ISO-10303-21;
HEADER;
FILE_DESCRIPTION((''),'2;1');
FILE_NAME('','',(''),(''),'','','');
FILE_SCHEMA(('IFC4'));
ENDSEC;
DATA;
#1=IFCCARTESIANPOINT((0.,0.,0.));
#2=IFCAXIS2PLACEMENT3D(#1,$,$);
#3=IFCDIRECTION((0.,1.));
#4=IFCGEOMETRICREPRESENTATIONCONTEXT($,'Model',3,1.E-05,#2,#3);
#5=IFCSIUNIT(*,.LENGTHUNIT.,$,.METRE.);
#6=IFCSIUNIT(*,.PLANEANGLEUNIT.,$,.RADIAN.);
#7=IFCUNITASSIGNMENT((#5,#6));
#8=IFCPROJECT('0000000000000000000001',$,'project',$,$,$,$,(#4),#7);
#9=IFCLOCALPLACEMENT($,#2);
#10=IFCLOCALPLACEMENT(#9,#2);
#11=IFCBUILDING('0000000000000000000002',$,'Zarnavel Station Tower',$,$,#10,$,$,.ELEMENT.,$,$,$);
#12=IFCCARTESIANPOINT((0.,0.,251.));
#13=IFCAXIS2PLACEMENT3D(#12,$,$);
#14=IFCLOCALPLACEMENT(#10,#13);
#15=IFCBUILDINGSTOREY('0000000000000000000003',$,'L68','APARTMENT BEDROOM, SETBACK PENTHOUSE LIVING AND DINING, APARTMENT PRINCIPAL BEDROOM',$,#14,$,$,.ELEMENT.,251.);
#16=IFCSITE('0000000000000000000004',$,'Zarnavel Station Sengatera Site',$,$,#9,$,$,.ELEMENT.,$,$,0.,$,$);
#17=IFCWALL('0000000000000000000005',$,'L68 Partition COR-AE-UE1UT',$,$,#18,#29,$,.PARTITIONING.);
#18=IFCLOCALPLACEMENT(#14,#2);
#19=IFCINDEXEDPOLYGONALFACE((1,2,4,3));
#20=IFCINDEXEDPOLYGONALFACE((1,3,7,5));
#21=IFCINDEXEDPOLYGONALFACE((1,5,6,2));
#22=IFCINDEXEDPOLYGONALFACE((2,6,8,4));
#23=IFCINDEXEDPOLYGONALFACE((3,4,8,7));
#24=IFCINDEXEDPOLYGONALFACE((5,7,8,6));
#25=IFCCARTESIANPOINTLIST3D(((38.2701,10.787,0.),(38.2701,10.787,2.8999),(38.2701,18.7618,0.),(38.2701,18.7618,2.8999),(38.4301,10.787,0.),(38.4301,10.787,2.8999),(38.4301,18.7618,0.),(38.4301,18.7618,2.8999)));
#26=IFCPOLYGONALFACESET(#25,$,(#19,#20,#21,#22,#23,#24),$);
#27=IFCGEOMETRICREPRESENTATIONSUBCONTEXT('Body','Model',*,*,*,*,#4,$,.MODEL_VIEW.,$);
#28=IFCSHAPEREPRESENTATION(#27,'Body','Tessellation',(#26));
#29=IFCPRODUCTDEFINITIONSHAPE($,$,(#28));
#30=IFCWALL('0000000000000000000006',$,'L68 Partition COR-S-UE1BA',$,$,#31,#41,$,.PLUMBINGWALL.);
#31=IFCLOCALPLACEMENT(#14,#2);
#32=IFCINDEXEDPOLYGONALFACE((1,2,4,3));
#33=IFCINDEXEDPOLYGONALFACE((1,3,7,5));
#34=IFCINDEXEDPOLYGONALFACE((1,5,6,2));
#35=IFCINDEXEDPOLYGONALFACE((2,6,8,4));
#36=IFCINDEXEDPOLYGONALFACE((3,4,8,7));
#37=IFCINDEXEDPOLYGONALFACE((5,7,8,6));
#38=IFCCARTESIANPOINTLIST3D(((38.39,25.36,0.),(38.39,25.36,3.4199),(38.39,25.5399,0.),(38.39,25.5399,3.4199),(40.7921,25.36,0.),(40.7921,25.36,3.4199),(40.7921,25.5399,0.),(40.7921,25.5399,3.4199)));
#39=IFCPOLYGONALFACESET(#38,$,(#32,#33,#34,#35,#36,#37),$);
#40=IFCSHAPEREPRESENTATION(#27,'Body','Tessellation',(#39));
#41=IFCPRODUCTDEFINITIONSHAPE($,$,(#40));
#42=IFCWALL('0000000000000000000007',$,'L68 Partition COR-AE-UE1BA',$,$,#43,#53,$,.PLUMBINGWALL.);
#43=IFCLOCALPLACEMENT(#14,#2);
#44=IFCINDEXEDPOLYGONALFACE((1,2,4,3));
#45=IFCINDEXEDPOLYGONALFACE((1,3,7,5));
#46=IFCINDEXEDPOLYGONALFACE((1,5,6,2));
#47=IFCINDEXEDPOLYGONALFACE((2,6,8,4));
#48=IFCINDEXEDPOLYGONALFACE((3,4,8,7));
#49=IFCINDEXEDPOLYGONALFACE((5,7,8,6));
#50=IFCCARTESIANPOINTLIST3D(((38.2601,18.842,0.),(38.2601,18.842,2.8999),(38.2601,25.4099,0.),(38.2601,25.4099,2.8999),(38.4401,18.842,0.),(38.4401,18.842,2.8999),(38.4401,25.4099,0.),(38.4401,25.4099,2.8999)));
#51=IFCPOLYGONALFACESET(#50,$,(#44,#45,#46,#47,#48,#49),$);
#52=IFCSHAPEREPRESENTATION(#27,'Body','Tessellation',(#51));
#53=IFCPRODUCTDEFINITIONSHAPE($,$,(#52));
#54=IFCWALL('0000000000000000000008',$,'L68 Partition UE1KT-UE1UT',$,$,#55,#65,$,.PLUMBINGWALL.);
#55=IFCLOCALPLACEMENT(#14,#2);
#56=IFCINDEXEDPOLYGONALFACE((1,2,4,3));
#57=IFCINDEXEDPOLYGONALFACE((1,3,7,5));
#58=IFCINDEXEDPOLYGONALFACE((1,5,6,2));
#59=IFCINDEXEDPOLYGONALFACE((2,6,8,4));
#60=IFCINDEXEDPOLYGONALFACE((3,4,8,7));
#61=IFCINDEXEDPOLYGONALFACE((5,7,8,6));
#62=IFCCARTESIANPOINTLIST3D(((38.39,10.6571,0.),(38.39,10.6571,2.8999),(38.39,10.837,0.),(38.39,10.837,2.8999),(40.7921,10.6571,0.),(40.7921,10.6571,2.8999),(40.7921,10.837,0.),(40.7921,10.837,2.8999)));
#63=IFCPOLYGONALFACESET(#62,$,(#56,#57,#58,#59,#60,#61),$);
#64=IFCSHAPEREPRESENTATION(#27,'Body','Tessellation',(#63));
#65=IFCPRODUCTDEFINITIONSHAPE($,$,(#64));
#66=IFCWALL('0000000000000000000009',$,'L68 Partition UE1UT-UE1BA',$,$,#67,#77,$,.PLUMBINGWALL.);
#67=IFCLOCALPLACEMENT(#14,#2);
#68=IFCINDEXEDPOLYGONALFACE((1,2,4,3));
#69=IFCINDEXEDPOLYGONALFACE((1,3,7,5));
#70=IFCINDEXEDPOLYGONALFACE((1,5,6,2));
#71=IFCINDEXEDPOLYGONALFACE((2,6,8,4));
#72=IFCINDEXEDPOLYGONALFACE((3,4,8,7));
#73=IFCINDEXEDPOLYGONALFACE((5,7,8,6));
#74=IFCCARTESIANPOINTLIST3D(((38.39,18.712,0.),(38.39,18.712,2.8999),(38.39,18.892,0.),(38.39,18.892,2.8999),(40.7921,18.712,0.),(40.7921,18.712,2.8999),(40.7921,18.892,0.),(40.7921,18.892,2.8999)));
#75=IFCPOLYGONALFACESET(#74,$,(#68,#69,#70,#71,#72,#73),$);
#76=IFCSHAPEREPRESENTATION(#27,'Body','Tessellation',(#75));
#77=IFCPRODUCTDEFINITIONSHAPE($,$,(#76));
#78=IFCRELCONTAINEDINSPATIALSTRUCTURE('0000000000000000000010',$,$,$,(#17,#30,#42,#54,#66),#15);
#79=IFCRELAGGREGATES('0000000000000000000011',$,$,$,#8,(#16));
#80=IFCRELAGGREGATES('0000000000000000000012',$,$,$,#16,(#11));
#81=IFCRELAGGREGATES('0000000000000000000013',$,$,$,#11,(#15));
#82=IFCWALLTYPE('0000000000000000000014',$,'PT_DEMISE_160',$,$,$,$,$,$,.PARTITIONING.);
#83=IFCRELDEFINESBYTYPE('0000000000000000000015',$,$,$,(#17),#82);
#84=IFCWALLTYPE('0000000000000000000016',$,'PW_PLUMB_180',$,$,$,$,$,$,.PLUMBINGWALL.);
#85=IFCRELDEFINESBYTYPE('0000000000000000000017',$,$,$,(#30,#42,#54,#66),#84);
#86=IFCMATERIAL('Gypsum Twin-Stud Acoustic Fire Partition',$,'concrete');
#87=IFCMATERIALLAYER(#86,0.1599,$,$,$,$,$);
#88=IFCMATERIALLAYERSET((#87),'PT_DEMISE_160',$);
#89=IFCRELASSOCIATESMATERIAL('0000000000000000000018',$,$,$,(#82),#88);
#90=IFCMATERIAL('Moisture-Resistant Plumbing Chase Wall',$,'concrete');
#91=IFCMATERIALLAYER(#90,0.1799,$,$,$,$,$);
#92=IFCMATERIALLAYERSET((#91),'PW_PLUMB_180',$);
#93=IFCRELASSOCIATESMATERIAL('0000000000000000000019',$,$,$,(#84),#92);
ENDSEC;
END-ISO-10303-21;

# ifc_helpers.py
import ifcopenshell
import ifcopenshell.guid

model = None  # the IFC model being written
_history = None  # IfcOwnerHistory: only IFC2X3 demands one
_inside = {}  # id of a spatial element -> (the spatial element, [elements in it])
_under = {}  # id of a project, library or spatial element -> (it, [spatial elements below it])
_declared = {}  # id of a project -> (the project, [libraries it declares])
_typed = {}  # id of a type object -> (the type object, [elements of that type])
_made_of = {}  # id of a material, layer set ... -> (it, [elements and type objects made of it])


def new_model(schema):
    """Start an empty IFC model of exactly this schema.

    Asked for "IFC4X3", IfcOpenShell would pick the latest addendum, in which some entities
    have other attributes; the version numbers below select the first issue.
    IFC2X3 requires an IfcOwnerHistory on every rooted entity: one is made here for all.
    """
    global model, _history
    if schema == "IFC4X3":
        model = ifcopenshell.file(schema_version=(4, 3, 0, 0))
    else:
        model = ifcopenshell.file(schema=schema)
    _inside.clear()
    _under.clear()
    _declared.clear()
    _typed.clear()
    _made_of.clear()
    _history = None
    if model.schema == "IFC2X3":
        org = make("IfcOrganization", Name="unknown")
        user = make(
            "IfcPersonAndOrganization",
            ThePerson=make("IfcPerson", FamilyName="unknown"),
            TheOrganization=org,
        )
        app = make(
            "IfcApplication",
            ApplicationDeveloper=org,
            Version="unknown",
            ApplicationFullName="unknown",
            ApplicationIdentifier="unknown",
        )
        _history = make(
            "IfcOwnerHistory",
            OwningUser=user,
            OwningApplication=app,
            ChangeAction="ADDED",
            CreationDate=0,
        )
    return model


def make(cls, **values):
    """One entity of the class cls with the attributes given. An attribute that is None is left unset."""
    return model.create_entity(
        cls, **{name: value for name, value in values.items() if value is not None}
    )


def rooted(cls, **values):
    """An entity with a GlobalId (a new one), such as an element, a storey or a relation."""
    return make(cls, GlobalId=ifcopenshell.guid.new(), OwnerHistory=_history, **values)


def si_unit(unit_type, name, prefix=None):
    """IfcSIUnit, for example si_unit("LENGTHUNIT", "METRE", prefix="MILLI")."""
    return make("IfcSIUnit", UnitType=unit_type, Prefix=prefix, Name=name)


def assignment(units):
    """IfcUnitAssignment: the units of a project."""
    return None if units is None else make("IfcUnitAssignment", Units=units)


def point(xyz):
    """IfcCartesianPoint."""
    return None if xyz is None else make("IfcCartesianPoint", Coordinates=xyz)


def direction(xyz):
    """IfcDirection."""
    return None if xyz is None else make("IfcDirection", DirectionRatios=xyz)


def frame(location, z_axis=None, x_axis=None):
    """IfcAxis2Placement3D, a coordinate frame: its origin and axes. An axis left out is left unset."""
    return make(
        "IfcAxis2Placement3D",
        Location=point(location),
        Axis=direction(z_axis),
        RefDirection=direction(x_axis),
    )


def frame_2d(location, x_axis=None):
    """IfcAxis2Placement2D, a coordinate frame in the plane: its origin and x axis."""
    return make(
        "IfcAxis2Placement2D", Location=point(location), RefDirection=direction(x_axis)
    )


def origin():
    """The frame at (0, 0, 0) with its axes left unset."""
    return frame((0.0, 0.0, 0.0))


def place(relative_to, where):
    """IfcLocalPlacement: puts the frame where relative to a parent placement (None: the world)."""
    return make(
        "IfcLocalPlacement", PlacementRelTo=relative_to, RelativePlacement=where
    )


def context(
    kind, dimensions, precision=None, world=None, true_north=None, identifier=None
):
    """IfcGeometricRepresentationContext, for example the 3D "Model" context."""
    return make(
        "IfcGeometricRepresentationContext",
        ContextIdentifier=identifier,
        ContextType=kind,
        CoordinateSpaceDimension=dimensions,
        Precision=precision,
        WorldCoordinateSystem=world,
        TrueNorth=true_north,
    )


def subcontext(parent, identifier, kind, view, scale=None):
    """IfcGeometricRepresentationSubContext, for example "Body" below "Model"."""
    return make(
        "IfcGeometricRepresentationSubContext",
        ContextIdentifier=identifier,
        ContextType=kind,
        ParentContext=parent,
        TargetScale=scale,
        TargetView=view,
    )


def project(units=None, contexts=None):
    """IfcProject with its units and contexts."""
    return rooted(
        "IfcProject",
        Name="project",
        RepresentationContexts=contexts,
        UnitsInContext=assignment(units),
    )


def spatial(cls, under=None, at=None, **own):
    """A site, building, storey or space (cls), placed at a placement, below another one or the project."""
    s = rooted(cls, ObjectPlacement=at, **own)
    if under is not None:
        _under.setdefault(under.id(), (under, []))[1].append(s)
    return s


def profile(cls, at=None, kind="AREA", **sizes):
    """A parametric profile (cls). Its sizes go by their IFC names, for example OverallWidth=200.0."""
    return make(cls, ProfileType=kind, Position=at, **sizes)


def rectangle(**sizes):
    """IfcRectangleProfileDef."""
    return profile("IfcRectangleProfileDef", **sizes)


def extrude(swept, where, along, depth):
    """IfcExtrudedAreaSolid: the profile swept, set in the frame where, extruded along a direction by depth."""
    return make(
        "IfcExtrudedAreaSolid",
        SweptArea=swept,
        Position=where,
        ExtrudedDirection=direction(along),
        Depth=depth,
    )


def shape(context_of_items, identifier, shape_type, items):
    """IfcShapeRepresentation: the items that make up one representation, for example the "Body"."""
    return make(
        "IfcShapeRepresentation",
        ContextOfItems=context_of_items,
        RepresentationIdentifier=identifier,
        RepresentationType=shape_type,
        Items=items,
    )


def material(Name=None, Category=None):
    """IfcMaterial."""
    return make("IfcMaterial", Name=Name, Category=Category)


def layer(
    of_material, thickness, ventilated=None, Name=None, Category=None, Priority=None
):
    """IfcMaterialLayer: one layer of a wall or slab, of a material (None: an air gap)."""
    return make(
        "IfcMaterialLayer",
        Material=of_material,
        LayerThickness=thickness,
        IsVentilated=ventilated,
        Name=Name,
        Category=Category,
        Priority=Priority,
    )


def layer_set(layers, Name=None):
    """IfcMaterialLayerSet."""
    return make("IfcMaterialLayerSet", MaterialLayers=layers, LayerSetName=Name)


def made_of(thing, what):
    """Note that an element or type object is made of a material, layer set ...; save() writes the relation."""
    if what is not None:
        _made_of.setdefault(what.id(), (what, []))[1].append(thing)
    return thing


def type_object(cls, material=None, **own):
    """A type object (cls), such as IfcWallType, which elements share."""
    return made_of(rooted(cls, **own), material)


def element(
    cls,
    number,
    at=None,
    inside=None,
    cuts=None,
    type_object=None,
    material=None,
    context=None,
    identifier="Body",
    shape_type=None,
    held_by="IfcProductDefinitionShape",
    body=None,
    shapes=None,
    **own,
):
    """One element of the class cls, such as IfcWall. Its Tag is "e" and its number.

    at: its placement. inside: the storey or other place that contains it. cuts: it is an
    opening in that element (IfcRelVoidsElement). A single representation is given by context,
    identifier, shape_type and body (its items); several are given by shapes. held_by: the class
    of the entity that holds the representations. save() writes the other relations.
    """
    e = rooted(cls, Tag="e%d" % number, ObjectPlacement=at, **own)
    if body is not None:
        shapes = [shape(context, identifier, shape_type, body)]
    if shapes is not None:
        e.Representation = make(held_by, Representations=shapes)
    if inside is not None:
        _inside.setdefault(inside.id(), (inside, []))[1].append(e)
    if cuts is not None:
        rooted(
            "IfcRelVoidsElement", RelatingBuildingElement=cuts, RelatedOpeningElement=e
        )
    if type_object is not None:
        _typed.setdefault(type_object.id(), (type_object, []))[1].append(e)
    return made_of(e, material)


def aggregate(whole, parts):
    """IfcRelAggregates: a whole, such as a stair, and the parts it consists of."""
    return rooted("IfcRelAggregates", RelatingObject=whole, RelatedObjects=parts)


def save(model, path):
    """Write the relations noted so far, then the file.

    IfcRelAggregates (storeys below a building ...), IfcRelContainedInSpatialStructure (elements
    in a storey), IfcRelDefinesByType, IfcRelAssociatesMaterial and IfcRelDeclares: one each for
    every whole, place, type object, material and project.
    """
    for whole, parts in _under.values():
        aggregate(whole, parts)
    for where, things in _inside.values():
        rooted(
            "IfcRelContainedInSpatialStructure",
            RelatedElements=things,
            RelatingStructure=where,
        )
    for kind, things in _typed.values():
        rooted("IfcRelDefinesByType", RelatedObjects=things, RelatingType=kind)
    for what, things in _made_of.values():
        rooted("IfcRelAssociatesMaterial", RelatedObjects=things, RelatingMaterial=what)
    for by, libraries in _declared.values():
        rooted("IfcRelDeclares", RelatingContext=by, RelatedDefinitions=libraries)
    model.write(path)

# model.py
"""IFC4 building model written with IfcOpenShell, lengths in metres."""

from ifc_helpers import new_model, si_unit, direction, frame, frame_2d, origin, place, context, subcontext, project, spatial, rectangle, extrude, material, layer, layer_set, type_object, element, save


model = new_model("IFC4")

# Units and contexts
model_context = context("Model", 3, precision=1e-05, world=origin(), true_north=direction((0.0, 1.0)))
body_context = subcontext(model_context, "Body", "Model", "MODEL_VIEW")
ifc_project = project(units=[si_unit("LENGTHUNIT", "METRE"), si_unit("PLANEANGLEUNIT", "RADIAN")], contexts=[model_context])

# Site, building, storey
site_placement = place(None, origin())
site = spatial("IfcSite", under=ifc_project, at=site_placement, Name="Zarnavel Station Sengatera Site", CompositionType="ELEMENT", RefElevation=0.0)
building_placement = place(site_placement, origin())
building = spatial("IfcBuilding", under=site, at=building_placement, Name="Zarnavel Station Tower", CompositionType="ELEMENT")
storey_placement = place(building_placement, frame((0.0, 0.0, 251.0)))
storey = spatial("IfcBuildingStorey", under=building, at=storey_placement, Name="L68", Description="APARTMENT BEDROOM, SETBACK PENTHOUSE LIVING AND DINING, APARTMENT PRINCIPAL BEDROOM", CompositionType="ELEMENT", Elevation=251.0)

# Walls
ifc_material_1 = material(Name="Gypsum Twin-Stud Acoustic Fire Partition", Category="concrete")
ifc_layer_1 = layer(ifc_material_1, 0.1599)
ifc_layer_set_1 = layer_set([ifc_layer_1], Name="PT_DEMISE_160")
wall_type_1 = type_object("IfcWallType", Name="PT_DEMISE_160", PredefinedType="PARTITIONING", material=ifc_layer_set_1)
wall_1_placement = place(storey_placement, frame((38.3501, 10.7871, 0.0), z_axis=(0.0, 0.0, 1.0), x_axis=(0.0, 1.0, 0.0)))
element("IfcWall", 1, at=wall_1_placement, inside=storey, type_object=wall_type_1, Name="L68 Partition COR-AE-UE1UT", PredefinedType="PARTITIONING", context=body_context, shape_type="SweptSolid", body=[
    extrude(rectangle(XDim=7.9749, YDim=0.1599, at=frame_2d((3.9873, 0.0))), origin(), (0.0, 0.0, 1.0), 2.8999),
])
ifc_material_2 = material(Name="Moisture-Resistant Plumbing Chase Wall", Category="concrete")
ifc_layer_2 = layer(ifc_material_2, 0.1799)
ifc_layer_set_2 = layer_set([ifc_layer_2], Name="PW_PLUMB_180")
wall_type_2 = type_object("IfcWallType", Name="PW_PLUMB_180", PredefinedType="PLUMBINGWALL", material=ifc_layer_set_2)
wall_2_placement = place(storey_placement, frame((38.3899, 25.45, 0.0), z_axis=(0.0, 0.0, 1.0), x_axis=(1.0, 0.0, 0.0)))
element("IfcWall", 2, at=wall_2_placement, inside=storey, type_object=wall_type_2, Name="L68 Partition COR-S-UE1BA", PredefinedType="PLUMBINGWALL", context=body_context, shape_type="SweptSolid", body=[
    extrude(rectangle(XDim=2.4021, YDim=0.1799, at=frame_2d((1.2012, 0.0))), origin(), (0.0, 0.0, 1.0), 3.4199),
])
wall_3_placement = place(storey_placement, frame((38.3501, 18.842, 0.0), z_axis=(0.0, 0.0, 1.0), x_axis=(0.0, 1.0, 0.0)))
element("IfcWall", 3, at=wall_3_placement, inside=storey, type_object=wall_type_2, Name="L68 Partition COR-AE-UE1BA", PredefinedType="PLUMBINGWALL", context=body_context, shape_type="SweptSolid", body=[
    extrude(rectangle(XDim=6.5679, YDim=0.1799, at=frame_2d((3.2839, 0.0))), origin(), (0.0, 0.0, 1.0), 2.8999),
])
for number, where, z_axis, x_axis, name in (
    (4, (38.3899, 10.7471, 0.0), (0.0, 0.0, 1.0), (1.0, 0.0, 0.0), "L68 Partition UE1KT-UE1UT"),
    (5, (38.3899, 18.802, 0.0), (0.0, 0.0, 1.0), (1.0, 0.0, 0.0), "L68 Partition UE1UT-UE1BA"),
):
    element("IfcWall", number, at=place(storey_placement, frame(where, z_axis=z_axis, x_axis=x_axis)), inside=storey, type_object=wall_type_2, Name=name, PredefinedType="PLUMBINGWALL", context=body_context, shape_type="SweptSolid", body=[
        extrude(rectangle(XDim=2.4021, YDim=0.1799, at=frame_2d((1.2012, 0.0))), origin(), (0.0, 0.0, 1.0), 2.8999),
    ])

save(model, "model.ifc")
